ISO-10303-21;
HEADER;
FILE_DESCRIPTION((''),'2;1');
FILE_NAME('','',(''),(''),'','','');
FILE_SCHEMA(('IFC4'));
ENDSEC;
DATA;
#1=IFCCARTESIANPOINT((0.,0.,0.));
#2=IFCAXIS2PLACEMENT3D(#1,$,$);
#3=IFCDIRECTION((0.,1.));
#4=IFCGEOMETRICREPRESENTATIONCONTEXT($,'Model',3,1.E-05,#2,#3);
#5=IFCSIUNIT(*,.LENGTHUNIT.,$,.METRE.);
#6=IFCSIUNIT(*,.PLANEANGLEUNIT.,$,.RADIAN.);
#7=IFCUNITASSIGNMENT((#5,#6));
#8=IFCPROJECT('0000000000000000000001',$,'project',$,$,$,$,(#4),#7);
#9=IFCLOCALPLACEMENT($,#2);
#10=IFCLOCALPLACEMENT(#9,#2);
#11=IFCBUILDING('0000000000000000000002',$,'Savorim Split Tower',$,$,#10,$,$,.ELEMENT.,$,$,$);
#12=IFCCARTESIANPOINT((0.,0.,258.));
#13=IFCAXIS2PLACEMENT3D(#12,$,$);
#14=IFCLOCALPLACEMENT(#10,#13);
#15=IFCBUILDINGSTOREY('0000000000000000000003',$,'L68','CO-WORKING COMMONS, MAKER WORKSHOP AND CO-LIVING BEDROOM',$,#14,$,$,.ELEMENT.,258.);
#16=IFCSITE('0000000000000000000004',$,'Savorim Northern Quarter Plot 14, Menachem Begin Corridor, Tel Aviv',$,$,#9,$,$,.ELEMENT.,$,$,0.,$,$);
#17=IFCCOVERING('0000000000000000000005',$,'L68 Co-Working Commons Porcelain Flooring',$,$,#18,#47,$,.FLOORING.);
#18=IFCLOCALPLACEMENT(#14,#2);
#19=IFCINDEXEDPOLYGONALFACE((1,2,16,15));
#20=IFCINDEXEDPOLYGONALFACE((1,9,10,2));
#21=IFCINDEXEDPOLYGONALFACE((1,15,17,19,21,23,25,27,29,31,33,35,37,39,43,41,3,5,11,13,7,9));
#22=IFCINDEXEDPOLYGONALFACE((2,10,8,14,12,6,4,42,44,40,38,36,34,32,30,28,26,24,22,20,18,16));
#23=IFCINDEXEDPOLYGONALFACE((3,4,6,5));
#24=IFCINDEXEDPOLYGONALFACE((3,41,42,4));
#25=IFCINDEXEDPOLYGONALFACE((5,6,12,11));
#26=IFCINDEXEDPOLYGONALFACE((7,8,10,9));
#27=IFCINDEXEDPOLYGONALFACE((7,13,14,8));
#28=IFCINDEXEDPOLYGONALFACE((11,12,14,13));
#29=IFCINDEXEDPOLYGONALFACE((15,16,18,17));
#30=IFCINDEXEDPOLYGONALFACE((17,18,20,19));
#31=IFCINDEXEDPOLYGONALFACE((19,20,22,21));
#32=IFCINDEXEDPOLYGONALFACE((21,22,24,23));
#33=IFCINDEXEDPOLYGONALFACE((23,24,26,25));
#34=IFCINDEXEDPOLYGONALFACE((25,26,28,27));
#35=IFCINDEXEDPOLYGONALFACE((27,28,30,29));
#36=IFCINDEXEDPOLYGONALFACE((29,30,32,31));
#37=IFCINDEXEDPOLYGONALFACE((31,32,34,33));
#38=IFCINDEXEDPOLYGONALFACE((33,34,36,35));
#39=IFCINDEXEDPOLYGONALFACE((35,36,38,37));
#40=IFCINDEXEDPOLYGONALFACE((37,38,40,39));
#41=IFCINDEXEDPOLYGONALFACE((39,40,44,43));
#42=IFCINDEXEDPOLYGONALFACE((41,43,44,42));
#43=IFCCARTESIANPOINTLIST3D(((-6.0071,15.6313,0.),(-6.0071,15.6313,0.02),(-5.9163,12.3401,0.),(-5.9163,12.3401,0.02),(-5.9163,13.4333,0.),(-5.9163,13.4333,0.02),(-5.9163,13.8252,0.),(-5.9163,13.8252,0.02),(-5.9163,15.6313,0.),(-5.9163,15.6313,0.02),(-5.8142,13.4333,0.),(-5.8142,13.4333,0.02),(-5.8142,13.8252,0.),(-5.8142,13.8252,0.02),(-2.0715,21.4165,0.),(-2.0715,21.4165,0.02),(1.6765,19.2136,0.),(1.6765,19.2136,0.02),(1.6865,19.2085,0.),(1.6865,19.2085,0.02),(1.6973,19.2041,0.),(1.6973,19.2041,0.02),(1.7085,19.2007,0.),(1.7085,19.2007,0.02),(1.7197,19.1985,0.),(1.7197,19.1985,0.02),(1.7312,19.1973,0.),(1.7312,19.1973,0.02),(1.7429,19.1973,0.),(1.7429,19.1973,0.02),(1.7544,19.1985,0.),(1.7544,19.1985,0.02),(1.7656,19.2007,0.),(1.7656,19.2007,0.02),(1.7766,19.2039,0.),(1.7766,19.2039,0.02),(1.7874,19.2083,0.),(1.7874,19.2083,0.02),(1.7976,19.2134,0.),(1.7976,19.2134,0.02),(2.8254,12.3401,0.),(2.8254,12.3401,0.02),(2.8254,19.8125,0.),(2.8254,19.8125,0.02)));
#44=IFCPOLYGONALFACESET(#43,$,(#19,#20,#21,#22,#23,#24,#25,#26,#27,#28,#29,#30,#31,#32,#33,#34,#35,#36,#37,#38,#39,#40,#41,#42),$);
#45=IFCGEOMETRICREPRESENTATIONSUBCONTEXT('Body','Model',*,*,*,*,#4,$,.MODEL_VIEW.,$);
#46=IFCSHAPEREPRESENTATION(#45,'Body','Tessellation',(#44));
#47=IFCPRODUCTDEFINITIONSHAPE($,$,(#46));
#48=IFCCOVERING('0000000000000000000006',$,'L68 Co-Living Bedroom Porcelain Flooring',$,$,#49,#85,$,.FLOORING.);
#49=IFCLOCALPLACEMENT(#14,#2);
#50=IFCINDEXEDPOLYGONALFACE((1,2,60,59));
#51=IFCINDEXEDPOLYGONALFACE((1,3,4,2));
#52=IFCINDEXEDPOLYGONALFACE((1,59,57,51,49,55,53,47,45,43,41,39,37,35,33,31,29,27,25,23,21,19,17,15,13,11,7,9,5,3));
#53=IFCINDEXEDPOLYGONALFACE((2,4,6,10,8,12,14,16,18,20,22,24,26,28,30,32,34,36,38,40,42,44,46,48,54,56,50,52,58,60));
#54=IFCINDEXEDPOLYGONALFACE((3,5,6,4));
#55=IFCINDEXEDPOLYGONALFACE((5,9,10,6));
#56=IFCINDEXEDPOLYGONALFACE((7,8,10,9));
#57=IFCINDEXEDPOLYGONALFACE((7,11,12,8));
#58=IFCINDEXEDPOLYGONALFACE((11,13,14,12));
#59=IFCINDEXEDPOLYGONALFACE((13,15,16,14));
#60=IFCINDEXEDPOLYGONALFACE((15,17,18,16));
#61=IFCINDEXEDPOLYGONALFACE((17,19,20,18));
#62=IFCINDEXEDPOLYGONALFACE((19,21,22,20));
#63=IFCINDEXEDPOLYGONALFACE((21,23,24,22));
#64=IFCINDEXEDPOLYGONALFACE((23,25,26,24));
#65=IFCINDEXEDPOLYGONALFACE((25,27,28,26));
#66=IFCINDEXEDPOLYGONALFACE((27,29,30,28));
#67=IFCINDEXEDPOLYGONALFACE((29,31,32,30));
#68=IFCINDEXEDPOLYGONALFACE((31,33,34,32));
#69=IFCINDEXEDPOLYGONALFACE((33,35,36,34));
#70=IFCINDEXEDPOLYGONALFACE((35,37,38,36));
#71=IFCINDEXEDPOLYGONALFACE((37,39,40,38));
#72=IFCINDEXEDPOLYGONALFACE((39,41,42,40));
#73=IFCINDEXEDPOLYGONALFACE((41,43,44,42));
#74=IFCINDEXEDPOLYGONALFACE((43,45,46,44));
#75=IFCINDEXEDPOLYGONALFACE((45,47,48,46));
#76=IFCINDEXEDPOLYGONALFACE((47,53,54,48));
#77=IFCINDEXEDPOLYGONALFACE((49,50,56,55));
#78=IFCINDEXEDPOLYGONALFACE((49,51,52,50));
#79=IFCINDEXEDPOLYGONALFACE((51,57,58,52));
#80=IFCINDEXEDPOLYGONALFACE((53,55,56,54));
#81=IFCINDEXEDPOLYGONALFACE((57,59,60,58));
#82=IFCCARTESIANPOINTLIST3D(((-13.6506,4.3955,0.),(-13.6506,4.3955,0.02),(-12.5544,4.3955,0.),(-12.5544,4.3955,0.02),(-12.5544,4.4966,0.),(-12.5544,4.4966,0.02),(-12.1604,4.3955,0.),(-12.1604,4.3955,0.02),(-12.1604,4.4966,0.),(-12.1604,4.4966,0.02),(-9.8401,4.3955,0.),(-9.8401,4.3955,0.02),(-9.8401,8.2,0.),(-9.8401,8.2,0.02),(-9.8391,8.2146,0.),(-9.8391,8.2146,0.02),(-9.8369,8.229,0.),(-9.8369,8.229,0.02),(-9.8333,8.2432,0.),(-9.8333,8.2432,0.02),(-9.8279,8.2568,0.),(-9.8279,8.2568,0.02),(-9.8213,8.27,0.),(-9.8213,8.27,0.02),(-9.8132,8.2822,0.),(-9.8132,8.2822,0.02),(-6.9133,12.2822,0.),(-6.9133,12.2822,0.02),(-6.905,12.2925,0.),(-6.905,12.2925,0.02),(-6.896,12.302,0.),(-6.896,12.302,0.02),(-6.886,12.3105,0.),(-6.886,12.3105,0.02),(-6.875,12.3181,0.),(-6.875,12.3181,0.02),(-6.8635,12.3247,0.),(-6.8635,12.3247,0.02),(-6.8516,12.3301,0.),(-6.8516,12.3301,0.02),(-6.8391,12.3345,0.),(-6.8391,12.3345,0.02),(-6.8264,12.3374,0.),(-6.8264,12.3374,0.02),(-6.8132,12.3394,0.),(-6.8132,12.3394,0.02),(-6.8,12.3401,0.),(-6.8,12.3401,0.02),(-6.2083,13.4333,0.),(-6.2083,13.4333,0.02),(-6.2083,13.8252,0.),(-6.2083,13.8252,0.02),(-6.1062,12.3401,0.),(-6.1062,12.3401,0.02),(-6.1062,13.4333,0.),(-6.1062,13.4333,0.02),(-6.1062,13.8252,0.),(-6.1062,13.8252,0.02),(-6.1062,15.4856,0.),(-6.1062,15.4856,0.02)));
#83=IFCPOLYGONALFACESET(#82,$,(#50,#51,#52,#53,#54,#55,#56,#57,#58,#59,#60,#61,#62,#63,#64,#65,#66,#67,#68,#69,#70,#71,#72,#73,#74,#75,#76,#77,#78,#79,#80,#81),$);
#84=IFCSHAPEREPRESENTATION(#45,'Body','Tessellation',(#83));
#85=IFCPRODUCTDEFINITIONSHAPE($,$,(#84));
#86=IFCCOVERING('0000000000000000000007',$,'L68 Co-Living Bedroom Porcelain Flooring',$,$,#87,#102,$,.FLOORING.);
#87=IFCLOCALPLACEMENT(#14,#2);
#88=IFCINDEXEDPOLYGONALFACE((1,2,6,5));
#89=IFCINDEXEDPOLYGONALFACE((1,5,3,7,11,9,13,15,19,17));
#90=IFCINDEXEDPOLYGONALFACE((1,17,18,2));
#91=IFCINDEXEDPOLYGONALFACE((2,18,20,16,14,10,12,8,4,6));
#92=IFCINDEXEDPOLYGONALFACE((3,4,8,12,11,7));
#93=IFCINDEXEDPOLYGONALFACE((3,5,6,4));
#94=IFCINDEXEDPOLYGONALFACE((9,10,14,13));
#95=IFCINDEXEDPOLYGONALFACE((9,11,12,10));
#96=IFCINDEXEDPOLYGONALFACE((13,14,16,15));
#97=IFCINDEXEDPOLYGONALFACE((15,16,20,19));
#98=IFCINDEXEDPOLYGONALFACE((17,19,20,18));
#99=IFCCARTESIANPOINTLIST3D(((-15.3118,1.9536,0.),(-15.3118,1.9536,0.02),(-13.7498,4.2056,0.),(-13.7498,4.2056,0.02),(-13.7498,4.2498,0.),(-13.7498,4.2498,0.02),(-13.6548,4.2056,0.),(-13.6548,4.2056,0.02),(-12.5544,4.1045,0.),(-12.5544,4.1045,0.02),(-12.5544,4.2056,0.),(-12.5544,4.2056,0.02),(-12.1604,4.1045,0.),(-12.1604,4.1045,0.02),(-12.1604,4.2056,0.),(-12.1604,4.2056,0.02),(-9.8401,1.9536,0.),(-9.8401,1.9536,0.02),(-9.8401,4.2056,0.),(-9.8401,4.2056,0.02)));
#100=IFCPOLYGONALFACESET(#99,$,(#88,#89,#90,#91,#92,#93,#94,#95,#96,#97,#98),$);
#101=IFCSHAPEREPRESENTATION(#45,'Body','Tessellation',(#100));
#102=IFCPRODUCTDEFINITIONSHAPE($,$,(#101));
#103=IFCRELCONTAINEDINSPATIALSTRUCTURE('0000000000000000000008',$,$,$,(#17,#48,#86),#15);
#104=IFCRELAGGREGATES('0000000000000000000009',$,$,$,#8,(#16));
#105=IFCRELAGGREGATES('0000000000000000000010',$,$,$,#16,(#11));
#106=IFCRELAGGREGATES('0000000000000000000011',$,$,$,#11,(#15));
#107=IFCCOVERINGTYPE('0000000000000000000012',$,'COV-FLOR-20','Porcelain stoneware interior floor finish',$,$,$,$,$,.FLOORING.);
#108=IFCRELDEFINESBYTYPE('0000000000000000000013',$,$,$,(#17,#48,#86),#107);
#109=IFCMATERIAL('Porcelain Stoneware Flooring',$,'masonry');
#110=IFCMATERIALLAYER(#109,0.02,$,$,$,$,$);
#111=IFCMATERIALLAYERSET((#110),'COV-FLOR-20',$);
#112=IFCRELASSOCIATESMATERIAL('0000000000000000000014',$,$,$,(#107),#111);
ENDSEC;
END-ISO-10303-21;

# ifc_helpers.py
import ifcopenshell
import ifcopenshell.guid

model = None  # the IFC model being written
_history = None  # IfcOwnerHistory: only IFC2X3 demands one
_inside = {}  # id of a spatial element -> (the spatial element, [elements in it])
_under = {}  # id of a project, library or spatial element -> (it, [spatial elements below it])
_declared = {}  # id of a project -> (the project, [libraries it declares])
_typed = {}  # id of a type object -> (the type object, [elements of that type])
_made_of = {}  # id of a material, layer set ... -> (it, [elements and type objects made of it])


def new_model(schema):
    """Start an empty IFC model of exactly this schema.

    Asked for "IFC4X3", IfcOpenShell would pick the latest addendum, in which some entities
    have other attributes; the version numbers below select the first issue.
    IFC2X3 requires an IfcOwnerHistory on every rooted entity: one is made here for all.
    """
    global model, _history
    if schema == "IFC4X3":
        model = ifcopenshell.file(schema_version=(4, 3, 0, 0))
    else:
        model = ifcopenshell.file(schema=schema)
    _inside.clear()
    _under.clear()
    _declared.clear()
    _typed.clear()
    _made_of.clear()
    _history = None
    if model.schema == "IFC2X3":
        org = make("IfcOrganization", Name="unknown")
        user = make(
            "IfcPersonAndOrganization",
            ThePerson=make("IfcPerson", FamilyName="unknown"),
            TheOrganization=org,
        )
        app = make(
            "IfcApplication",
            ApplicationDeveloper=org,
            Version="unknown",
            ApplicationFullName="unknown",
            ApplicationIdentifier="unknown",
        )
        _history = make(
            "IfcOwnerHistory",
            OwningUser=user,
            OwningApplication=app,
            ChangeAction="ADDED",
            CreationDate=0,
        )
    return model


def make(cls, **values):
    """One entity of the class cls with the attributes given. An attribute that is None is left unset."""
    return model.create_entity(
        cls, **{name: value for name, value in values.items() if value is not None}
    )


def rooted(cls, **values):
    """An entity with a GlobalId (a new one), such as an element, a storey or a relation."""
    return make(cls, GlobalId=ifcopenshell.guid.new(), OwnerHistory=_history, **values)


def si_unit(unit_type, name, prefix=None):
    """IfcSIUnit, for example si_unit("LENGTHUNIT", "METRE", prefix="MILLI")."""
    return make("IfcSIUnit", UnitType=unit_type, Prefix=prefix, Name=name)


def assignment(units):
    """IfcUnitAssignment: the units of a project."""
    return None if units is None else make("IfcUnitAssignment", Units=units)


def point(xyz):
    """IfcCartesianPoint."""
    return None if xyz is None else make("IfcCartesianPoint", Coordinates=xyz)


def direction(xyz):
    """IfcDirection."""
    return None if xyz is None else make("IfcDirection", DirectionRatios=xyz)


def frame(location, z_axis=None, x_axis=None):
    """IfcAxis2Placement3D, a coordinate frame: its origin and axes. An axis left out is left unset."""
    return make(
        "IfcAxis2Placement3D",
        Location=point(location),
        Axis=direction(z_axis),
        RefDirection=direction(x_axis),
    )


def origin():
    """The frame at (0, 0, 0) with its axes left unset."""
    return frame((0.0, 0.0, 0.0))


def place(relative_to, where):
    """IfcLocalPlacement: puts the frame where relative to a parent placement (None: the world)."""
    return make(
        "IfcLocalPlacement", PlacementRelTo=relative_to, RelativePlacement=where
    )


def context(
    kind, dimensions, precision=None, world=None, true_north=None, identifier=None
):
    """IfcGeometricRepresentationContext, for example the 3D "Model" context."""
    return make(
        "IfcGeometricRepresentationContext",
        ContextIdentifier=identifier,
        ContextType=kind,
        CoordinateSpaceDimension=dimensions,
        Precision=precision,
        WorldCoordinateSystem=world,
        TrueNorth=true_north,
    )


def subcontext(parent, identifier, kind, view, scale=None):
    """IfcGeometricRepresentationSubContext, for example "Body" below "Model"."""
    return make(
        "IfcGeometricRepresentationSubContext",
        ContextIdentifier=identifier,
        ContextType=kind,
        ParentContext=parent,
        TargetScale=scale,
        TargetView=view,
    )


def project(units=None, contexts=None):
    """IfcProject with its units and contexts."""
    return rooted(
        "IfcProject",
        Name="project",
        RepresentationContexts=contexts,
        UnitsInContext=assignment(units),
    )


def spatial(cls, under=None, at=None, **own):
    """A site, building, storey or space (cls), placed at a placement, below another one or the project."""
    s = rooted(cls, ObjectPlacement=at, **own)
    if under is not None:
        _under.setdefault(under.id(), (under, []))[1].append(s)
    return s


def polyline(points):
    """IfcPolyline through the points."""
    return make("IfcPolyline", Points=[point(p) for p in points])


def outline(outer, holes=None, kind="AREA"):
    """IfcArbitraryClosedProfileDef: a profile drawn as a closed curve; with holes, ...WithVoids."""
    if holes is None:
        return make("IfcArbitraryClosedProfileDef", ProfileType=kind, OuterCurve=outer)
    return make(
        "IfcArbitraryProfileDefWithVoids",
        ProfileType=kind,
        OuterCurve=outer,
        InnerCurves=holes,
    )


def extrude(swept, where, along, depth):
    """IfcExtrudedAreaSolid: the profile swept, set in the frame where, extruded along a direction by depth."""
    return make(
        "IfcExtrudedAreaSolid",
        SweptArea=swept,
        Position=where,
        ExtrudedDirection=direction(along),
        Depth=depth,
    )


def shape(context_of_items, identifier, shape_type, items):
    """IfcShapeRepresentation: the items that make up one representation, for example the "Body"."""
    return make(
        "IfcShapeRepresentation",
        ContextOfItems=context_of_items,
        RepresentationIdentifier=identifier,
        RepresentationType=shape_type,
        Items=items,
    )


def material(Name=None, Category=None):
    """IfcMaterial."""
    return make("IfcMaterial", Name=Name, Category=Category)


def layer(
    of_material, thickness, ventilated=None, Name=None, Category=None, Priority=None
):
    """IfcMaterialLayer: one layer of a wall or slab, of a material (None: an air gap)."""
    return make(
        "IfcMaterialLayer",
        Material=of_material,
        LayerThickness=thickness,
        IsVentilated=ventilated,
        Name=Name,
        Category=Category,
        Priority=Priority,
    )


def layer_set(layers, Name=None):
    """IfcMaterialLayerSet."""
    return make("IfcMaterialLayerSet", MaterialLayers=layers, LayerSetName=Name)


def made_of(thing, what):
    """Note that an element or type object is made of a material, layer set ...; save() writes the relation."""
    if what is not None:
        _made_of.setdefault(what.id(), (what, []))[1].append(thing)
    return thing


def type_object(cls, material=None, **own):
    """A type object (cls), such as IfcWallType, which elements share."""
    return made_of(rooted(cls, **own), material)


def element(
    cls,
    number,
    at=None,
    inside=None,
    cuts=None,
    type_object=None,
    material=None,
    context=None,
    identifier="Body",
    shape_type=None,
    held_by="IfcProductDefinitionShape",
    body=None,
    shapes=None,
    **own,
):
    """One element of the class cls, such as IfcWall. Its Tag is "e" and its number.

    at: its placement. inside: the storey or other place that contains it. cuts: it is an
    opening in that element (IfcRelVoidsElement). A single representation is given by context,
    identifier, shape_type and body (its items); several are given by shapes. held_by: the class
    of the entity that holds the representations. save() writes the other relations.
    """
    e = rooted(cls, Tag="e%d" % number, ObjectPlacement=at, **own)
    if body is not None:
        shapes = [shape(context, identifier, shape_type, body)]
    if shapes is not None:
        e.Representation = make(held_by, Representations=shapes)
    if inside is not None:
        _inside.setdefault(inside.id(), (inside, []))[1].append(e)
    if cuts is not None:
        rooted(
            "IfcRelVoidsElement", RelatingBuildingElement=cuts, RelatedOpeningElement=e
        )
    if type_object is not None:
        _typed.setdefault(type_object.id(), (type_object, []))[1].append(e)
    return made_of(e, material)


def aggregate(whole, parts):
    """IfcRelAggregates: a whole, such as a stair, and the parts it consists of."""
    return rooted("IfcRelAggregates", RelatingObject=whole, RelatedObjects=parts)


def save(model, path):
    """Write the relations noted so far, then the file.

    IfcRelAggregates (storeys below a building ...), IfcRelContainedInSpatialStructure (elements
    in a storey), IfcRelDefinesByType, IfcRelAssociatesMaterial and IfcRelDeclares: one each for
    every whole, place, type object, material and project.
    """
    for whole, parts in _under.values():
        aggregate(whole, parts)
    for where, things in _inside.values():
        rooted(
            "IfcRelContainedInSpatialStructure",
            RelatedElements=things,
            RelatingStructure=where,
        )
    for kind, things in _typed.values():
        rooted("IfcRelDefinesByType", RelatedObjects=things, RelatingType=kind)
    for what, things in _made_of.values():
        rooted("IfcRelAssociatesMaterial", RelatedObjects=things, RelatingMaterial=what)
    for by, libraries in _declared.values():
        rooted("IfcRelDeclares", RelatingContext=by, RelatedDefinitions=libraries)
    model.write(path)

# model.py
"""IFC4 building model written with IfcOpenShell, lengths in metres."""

from ifc_helpers import new_model, si_unit, direction, frame, origin, place, context, subcontext, project, spatial, polyline, outline, extrude, material, layer, layer_set, type_object, element, save


model = new_model("IFC4")

# Units and contexts
model_context = context("Model", 3, precision=1e-05, world=origin(), true_north=direction((0.0, 1.0)))
body_context = subcontext(model_context, "Body", "Model", "MODEL_VIEW")
ifc_project = project(units=[si_unit("LENGTHUNIT", "METRE"), si_unit("PLANEANGLEUNIT", "RADIAN")], contexts=[model_context])

# Site, building, storey
site_placement = place(None, origin())
site = spatial("IfcSite", under=ifc_project, at=site_placement, Name="Savorim Northern Quarter Plot 14, Menachem Begin Corridor, Tel Aviv", CompositionType="ELEMENT", RefElevation=0.0)
building_placement = place(site_placement, origin())
building = spatial("IfcBuilding", under=site, at=building_placement, Name="Savorim Split Tower", CompositionType="ELEMENT")
storey_placement = place(building_placement, frame((0.0, 0.0, 258.0)))
storey = spatial("IfcBuildingStorey", under=building, at=storey_placement, Name="L68", Description="CO-WORKING COMMONS, MAKER WORKSHOP AND CO-LIVING BEDROOM", CompositionType="ELEMENT", Elevation=258.0)

# Coverings
ifc_material_1 = material(Name="Porcelain Stoneware Flooring", Category="masonry")
ifc_layer_1 = layer(ifc_material_1, 0.02)
ifc_layer_set_1 = layer_set([ifc_layer_1], Name="COV-FLOR-20")
covering_type_1 = type_object("IfcCoveringType", Name="COV-FLOR-20", Description="Porcelain stoneware interior floor finish", PredefinedType="FLOORING", material=ifc_layer_set_1)
covering_1_placement = place(storey_placement, origin())
element("IfcCovering", 1, at=covering_1_placement, inside=storey, type_object=covering_type_1, Name="L68 Co-Working Commons Porcelain Flooring", PredefinedType="FLOORING", context=body_context, shape_type="SweptSolid", body=[
    extrude(outline(polyline([(1.6973, 19.2041), (1.6865, 19.2085), (1.6765, 19.2136), (-2.0715, 21.4165), (-6.0071, 15.6313), (-5.9163, 15.6313), (-5.9163, 13.8252), (-5.8142, 13.8252), (-5.8142, 13.4333), (-5.9163, 13.4333), (-5.9163, 12.3401), (2.8254, 12.3401), (2.8254, 19.8125), (1.7976, 19.2134), (1.7874, 19.2083), (1.7766, 19.2039), (1.7656, 19.2007), (1.7544, 19.1985), (1.7429, 19.1973), (1.7312, 19.1973), (1.7197, 19.1985), (1.7085, 19.2007), (1.6973, 19.2041)])), origin(), (0.0, 0.0, 1.0), 0.02),
])
covering_2_placement = place(storey_placement, origin())
element("IfcCovering", 2, at=covering_2_placement, inside=storey, type_object=covering_type_1, Name="L68 Co-Living Bedroom Porcelain Flooring", PredefinedType="FLOORING", context=body_context, shape_type="SweptSolid", body=[
    extrude(outline(polyline([(-6.8132, 12.3394), (-6.8, 12.3401), (-6.1062, 12.3401), (-6.1062, 13.4333), (-6.2083, 13.4333), (-6.2083, 13.8252), (-6.1062, 13.8252), (-6.1062, 15.4856), (-13.6506, 4.3955), (-12.5544, 4.3955), (-12.5544, 4.4966), (-12.1604, 4.4966), (-12.1604, 4.3955), (-9.8401, 4.3955), (-9.8401, 8.2), (-9.8391, 8.2146), (-9.8369, 8.229), (-9.8333, 8.2432), (-9.8279, 8.2568), (-9.8213, 8.27), (-9.8132, 8.2822), (-6.9133, 12.2822), (-6.905, 12.2925), (-6.896, 12.302), (-6.886, 12.3105), (-6.875, 12.3181), (-6.8635, 12.3247), (-6.8516, 12.3301), (-6.8391, 12.3345), (-6.8264, 12.3374), (-6.8132, 12.3394)])), origin(), (0.0, 0.0, 1.0), 0.02),
])
covering_3_placement = place(storey_placement, origin())
element("IfcCovering", 3, at=covering_3_placement, inside=storey, type_object=covering_type_1, Name="L68 Co-Living Bedroom Porcelain Flooring", PredefinedType="FLOORING", context=body_context, shape_type="SweptSolid", body=[
    extrude(outline(polyline([(-12.5544, 4.2056), (-13.6548, 4.2056), (-13.7498, 4.2056), (-13.7498, 4.2498), (-15.3118, 1.9536), (-9.8401, 1.9536), (-9.8401, 4.2056), (-12.1604, 4.2056), (-12.1604, 4.1045), (-12.5544, 4.1045), (-12.5544, 4.2056)])), origin(), (0.0, 0.0, 1.0), 0.02),
])

save(model, "model.ifc")
